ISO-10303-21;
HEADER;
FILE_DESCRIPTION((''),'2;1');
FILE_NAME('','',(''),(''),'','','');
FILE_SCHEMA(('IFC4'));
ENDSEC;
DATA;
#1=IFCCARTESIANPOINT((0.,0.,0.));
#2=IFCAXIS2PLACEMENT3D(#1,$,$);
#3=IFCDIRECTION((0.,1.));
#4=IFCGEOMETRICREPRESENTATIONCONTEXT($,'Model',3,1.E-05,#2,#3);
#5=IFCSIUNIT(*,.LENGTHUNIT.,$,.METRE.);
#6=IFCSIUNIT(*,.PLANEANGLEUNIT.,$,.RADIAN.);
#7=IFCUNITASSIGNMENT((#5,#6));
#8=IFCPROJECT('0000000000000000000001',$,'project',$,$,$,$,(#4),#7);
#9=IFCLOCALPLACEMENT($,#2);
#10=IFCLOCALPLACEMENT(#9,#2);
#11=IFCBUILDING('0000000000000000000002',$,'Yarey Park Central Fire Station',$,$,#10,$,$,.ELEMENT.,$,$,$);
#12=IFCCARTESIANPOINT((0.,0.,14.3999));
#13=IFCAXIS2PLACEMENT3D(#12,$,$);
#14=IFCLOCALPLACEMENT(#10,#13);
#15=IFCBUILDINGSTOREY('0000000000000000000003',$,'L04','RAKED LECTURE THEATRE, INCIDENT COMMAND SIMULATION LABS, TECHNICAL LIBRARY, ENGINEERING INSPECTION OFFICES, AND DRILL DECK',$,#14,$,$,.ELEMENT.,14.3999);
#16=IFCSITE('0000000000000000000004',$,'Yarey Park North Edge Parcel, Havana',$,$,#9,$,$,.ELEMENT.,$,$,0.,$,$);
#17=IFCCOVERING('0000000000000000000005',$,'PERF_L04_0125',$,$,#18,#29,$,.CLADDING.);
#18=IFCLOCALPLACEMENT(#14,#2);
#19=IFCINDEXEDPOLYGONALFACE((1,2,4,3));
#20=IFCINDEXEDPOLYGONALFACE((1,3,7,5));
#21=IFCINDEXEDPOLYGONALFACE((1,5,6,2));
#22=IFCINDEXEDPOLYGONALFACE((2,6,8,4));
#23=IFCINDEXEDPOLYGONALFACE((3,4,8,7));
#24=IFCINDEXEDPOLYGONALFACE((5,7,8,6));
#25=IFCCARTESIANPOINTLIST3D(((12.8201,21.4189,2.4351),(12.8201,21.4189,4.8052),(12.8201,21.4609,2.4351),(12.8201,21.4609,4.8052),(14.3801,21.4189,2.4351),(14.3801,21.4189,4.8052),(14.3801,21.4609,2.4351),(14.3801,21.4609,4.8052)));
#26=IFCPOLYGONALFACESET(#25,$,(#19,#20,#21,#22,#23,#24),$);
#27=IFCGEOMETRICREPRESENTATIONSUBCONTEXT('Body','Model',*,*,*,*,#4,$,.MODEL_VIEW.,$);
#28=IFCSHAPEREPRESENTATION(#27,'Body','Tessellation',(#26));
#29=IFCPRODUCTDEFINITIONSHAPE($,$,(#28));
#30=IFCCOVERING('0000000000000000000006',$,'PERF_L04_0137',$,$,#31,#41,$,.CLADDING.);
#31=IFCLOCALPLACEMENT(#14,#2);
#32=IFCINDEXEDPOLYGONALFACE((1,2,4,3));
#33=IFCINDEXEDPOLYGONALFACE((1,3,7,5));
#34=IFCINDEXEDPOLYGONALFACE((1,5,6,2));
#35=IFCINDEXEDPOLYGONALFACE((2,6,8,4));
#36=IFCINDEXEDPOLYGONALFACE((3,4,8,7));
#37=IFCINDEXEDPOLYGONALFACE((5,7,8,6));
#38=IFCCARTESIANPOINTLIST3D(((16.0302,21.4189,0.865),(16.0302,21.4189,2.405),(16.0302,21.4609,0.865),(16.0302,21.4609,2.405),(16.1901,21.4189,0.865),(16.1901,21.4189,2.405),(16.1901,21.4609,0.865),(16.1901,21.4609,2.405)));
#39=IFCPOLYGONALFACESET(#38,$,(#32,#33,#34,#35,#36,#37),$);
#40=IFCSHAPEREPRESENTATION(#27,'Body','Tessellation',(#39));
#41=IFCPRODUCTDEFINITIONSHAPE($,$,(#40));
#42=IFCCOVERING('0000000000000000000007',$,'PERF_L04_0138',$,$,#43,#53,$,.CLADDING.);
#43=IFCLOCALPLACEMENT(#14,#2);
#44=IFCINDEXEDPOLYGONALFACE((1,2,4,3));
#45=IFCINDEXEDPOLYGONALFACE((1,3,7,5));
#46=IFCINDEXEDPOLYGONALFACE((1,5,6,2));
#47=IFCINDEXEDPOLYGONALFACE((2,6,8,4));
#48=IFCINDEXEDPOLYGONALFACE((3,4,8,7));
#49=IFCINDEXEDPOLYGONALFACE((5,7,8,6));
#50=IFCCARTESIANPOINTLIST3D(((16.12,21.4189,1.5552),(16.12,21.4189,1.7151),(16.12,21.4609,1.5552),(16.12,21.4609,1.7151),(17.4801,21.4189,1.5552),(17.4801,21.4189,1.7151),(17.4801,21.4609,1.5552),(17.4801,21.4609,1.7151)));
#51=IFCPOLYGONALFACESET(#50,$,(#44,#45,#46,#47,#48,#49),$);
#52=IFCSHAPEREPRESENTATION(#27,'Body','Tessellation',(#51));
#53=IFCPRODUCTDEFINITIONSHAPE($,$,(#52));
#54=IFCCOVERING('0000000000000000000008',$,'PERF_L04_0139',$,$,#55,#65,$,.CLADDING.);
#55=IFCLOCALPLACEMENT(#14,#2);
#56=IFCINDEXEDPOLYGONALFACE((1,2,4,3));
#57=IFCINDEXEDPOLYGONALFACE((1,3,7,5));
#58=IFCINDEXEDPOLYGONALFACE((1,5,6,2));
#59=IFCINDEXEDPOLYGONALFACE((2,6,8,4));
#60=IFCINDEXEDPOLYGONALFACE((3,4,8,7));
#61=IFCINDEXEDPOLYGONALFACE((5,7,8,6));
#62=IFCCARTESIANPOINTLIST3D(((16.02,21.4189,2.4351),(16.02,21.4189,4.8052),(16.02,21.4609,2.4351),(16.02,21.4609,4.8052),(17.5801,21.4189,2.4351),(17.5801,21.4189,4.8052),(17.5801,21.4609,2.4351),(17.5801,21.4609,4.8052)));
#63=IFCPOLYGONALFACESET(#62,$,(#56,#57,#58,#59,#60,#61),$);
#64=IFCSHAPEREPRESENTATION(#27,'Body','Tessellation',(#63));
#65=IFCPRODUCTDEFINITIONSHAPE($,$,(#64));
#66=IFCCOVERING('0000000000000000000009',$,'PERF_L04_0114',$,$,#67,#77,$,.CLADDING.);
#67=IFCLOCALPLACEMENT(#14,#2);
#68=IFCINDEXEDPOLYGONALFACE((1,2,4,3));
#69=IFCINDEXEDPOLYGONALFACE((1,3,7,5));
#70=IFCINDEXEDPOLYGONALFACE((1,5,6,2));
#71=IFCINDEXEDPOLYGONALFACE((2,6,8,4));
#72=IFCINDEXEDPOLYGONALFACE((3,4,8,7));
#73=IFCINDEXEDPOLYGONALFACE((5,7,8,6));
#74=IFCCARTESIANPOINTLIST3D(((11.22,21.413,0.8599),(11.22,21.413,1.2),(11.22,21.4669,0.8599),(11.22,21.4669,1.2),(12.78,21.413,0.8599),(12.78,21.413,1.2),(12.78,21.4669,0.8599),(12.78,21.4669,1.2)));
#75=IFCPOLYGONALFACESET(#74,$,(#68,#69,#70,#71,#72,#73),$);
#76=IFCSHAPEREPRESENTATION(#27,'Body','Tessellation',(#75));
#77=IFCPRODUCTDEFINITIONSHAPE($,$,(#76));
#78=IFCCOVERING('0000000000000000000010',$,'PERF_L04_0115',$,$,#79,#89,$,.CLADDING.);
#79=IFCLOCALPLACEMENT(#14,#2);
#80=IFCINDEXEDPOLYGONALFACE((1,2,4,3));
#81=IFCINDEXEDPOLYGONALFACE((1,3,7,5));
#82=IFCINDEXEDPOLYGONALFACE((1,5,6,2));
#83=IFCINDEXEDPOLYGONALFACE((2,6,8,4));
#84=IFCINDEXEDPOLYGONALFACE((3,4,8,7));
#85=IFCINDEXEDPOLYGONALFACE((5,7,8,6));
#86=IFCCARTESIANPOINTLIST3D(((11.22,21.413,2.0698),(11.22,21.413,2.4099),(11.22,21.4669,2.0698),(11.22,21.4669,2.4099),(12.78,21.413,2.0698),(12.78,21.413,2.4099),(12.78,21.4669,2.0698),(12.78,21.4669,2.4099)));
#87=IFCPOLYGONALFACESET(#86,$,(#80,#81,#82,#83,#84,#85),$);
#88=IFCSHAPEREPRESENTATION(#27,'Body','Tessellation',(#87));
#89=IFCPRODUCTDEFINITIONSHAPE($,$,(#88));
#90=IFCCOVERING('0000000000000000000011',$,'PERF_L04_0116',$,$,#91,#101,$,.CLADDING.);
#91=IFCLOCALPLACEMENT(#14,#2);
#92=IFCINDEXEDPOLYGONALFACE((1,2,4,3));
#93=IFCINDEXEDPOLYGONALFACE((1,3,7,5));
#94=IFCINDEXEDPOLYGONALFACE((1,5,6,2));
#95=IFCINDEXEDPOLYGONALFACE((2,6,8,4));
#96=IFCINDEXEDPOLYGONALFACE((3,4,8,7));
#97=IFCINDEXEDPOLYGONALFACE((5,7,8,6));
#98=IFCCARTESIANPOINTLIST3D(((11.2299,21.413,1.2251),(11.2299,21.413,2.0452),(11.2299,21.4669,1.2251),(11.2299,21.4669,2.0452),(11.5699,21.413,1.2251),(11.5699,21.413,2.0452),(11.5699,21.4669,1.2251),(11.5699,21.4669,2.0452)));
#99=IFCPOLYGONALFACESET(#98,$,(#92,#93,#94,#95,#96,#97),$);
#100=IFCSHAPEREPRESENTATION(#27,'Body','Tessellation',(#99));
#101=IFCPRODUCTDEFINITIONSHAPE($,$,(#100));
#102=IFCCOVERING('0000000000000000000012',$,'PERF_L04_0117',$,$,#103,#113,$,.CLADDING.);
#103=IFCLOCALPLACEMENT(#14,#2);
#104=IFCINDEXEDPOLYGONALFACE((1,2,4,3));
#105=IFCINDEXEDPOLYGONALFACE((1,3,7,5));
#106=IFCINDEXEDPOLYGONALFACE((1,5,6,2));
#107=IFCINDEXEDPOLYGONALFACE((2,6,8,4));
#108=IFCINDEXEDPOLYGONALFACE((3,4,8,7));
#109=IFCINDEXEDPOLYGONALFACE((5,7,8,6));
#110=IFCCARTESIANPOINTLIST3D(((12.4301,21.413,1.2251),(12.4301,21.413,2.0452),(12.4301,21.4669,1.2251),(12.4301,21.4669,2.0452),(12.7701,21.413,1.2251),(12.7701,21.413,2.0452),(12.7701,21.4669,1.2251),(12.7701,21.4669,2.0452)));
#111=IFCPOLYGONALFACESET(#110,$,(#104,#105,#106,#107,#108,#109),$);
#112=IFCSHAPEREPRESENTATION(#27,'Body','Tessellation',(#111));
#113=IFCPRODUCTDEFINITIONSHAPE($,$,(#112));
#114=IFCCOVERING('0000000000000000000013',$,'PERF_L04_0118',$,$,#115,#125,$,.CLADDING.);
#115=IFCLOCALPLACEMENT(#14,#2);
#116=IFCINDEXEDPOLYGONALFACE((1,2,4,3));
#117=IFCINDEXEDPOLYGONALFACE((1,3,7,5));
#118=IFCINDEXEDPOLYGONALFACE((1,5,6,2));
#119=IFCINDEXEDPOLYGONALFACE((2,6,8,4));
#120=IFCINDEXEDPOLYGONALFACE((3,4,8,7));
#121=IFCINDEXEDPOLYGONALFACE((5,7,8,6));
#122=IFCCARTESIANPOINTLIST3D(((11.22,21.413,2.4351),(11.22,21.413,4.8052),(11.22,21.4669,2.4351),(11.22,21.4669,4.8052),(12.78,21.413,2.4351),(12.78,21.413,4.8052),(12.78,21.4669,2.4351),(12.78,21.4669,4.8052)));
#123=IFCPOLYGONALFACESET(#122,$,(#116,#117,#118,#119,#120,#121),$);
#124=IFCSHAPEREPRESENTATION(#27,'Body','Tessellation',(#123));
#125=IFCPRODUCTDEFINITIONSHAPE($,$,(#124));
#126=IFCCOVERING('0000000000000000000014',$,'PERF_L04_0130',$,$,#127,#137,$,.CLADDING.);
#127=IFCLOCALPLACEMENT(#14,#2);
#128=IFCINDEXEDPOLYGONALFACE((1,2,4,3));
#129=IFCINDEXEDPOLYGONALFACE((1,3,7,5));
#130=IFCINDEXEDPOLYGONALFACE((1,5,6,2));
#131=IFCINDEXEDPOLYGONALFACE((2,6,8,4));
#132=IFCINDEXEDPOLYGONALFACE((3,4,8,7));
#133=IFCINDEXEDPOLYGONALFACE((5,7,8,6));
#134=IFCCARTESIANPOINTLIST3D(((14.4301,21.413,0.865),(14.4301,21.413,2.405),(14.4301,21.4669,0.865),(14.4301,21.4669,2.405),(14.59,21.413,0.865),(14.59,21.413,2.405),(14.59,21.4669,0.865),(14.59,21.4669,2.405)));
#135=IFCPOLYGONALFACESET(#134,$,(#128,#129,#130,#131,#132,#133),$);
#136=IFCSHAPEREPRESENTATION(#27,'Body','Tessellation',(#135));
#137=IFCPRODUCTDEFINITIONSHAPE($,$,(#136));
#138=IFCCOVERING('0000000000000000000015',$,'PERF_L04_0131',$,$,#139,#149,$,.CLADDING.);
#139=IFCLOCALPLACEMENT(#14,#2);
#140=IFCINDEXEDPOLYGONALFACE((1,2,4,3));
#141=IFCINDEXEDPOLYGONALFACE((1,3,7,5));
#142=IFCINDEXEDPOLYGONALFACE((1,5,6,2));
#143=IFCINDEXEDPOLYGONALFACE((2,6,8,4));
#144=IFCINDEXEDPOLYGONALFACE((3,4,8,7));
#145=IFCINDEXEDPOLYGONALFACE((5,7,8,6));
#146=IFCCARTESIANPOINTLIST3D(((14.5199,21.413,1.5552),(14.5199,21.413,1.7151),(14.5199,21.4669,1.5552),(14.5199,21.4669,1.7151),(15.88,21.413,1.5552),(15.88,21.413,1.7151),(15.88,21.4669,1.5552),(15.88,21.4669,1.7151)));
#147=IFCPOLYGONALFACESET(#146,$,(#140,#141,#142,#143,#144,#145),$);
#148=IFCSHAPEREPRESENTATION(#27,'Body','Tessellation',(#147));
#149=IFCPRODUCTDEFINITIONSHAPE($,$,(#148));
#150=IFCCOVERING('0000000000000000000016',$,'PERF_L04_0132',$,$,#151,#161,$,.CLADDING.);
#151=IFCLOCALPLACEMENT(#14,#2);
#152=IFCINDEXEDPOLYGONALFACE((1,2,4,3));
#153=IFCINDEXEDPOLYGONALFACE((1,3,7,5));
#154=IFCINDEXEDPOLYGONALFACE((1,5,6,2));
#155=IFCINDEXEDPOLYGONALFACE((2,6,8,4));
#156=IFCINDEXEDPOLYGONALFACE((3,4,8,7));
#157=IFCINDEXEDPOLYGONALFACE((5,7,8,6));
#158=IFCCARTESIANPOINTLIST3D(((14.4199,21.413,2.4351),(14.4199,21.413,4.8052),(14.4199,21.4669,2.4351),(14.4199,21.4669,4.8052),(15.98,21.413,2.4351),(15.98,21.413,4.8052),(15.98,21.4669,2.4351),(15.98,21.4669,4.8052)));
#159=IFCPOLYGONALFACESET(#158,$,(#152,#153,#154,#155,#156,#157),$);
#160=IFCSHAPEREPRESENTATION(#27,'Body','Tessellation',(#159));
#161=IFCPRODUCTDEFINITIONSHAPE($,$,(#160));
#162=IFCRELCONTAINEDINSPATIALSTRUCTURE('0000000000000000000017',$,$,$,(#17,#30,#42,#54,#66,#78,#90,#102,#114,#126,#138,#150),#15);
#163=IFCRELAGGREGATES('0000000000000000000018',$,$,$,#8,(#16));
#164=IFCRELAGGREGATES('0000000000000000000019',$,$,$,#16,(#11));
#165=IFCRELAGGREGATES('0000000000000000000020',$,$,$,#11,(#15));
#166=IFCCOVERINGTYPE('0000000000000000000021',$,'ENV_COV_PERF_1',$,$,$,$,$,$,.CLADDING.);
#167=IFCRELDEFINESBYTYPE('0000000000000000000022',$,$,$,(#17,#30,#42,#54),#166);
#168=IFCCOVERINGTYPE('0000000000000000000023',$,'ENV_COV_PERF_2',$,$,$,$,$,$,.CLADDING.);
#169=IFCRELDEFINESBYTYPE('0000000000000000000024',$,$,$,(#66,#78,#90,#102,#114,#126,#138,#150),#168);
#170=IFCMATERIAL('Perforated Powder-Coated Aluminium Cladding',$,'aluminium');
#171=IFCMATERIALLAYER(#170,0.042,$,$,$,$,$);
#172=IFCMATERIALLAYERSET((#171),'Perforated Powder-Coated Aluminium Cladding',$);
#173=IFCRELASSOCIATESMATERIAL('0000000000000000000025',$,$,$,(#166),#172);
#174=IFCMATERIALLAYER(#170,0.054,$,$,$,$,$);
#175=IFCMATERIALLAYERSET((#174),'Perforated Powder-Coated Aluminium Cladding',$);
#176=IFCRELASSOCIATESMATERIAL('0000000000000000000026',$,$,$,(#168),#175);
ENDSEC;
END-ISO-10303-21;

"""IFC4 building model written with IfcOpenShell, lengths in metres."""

from ifc_helpers import new_model, si_unit, direction, frame, origin, origin_2d, place, context, subcontext, project, spatial, rectangle, extrude, material, layer, layer_set, type_object, element, save


model = new_model("IFC4")

# Units and contexts
model_context = context("Model", 3, precision=1e-05, world=origin(), true_north=direction((0.0, 1.0)))
body_context = subcontext(model_context, "Body", "Model", "MODEL_VIEW")
ifc_project = project(units=[si_unit("LENGTHUNIT", "METRE"), si_unit("PLANEANGLEUNIT", "RADIAN")], contexts=[model_context])

# Site, building, storey
site_placement = place(None, origin())
site = spatial("IfcSite", under=ifc_project, at=site_placement, Name="Yarey Park North Edge Parcel, Havana", CompositionType="ELEMENT", RefElevation=0.0)
building_placement = place(site_placement, origin())
building = spatial("IfcBuilding", under=site, at=building_placement, Name="Yarey Park Central Fire Station", CompositionType="ELEMENT")
storey_placement = place(building_placement, frame((0.0, 0.0, 14.3999)))
storey = spatial("IfcBuildingStorey", under=building, at=storey_placement, Name="L04", Description="RAKED LECTURE THEATRE, INCIDENT COMMAND SIMULATION LABS, TECHNICAL LIBRARY, ENGINEERING INSPECTION OFFICES, AND DRILL DECK", CompositionType="ELEMENT", Elevation=14.3999)

# Coverings
ifc_material_1 = material(Name="Perforated Powder-Coated Aluminium Cladding", Category="aluminium")
ifc_layer_1 = layer(ifc_material_1, 0.042)
ifc_layer_set_1 = layer_set([ifc_layer_1], Name="Perforated Powder-Coated Aluminium Cladding")
covering_type_1 = type_object("IfcCoveringType", Name="ENV_COV_PERF_1", PredefinedType="CLADDING", material=ifc_layer_set_1)
covering_1_placement = place(storey_placement, frame((13.6001, 21.4399, 2.4351), z_axis=(0.0, 0.0, 1.0), x_axis=(1.0, 0.0, 0.0)))
element("IfcCovering", 1, at=covering_1_placement, inside=storey, type_object=covering_type_1, Name="PERF_L04_0125", PredefinedType="CLADDING", context=body_context, shape_type="SweptSolid", body=[
    extrude(rectangle(XDim=1.5601, YDim=0.042, at=origin_2d()), origin(), (0.0, 0.0, 1.0), 2.3701),
])
covering_2_placement = place(storey_placement, frame((16.1101, 21.4399, 0.865), z_axis=(0.0, 0.0, 1.0), x_axis=(1.0, 0.0, 0.0)))
element("IfcCovering", 2, at=covering_2_placement, inside=storey, type_object=covering_type_1, Name="PERF_L04_0137", PredefinedType="CLADDING", context=body_context, shape_type="SweptSolid", body=[
    extrude(rectangle(XDim=0.1599, YDim=0.042, at=origin_2d()), origin(), (0.0, 0.0, 1.0), 1.54),
])
covering_3_placement = place(storey_placement, frame((16.8, 21.4399, 1.5552), z_axis=(0.0, 0.0, 1.0), x_axis=(1.0, 0.0, 0.0)))
element("IfcCovering", 3, at=covering_3_placement, inside=storey, type_object=covering_type_1, Name="PERF_L04_0138", PredefinedType="CLADDING", context=body_context, shape_type="SweptSolid", body=[
    extrude(rectangle(XDim=1.3601, YDim=0.042, at=origin_2d()), origin(), (0.0, 0.0, 1.0), 0.1599),
])
covering_4_placement = place(storey_placement, frame((16.8, 21.4399, 2.4351), z_axis=(0.0, 0.0, 1.0), x_axis=(1.0, 0.0, 0.0)))
element("IfcCovering", 4, at=covering_4_placement, inside=storey, type_object=covering_type_1, Name="PERF_L04_0139", PredefinedType="CLADDING", context=body_context, shape_type="SweptSolid", body=[
    extrude(rectangle(XDim=1.5601, YDim=0.042, at=origin_2d()), origin(), (0.0, 0.0, 1.0), 2.3701),
])
ifc_layer_2 = layer(ifc_material_1, 0.054)
ifc_layer_set_2 = layer_set([ifc_layer_2], Name="Perforated Powder-Coated Aluminium Cladding")
covering_type_2 = type_object("IfcCoveringType", Name="ENV_COV_PERF_2", PredefinedType="CLADDING", material=ifc_layer_set_2)
for number, where, z_axis, x_axis, name in (
    (5, (12.0, 21.4399, 0.8599), (0.0, 0.0, 1.0), (1.0, 0.0, 0.0), "PERF_L04_0114"),
    (6, (12.0, 21.4399, 2.0698), (0.0, 0.0, 1.0), (1.0, 0.0, 0.0), "PERF_L04_0115"),
):
    element("IfcCovering", number, at=place(storey_placement, frame(where, z_axis=z_axis, x_axis=x_axis)), inside=storey, type_object=covering_type_2, Name=name, PredefinedType="CLADDING", context=body_context, shape_type="SweptSolid", body=[
        extrude(rectangle(XDim=1.5601, YDim=0.054, at=origin_2d()), origin(), (0.0, 0.0, 1.0), 0.3401),
    ])
for number, where, z_axis, x_axis, name in (
    (7, (11.3999, 21.4399, 1.2251), (0.0, 0.0, 1.0), (1.0, 0.0, 0.0), "PERF_L04_0116"),
    (8, (12.6001, 21.4399, 1.2251), (0.0, 0.0, 1.0), (1.0, 0.0, 0.0), "PERF_L04_0117"),
):
    element("IfcCovering", number, at=place(storey_placement, frame(where, z_axis=z_axis, x_axis=x_axis)), inside=storey, type_object=covering_type_2, Name=name, PredefinedType="CLADDING", context=body_context, shape_type="SweptSolid", body=[
        extrude(rectangle(XDim=0.3401, YDim=0.054, at=origin_2d()), origin(), (0.0, 0.0, 1.0), 0.8201),
    ])
covering_5_placement = place(storey_placement, frame((12.0, 21.4399, 2.4351), z_axis=(0.0, 0.0, 1.0), x_axis=(1.0, 0.0, 0.0)))
element("IfcCovering", 9, at=covering_5_placement, inside=storey, type_object=covering_type_2, Name="PERF_L04_0118", PredefinedType="CLADDING", context=body_context, shape_type="SweptSolid", body=[
    extrude(rectangle(XDim=1.5601, YDim=0.054, at=origin_2d()), origin(), (0.0, 0.0, 1.0), 2.3701),
])
covering_6_placement = place(storey_placement, frame((14.51, 21.4399, 0.865), z_axis=(0.0, 0.0, 1.0), x_axis=(1.0, 0.0, 0.0)))
element("IfcCovering", 10, at=covering_6_placement, inside=storey, type_object=covering_type_2, Name="PERF_L04_0130", PredefinedType="CLADDING", context=body_context, shape_type="SweptSolid", body=[
    extrude(rectangle(XDim=0.1599, YDim=0.054, at=origin_2d()), origin(), (0.0, 0.0, 1.0), 1.54),
])
covering_7_placement = place(storey_placement, frame((15.2, 21.4399, 1.5552), z_axis=(0.0, 0.0, 1.0), x_axis=(1.0, 0.0, 0.0)))
element("IfcCovering", 11, at=covering_7_placement, inside=storey, type_object=covering_type_2, Name="PERF_L04_0131", PredefinedType="CLADDING", context=body_context, shape_type="SweptSolid", body=[
    extrude(rectangle(XDim=1.3601, YDim=0.054, at=origin_2d()), origin(), (0.0, 0.0, 1.0), 0.1599),
])
covering_8_placement = place(storey_placement, frame((15.2, 21.4399, 2.4351), z_axis=(0.0, 0.0, 1.0), x_axis=(1.0, 0.0, 0.0)))
element("IfcCovering", 12, at=covering_8_placement, inside=storey, type_object=covering_type_2, Name="PERF_L04_0132", PredefinedType="CLADDING", context=body_context, shape_type="SweptSolid", body=[
    extrude(rectangle(XDim=1.5601, YDim=0.054, at=origin_2d()), origin(), (0.0, 0.0, 1.0), 2.3701),
])

save(model, "model.ifc")
